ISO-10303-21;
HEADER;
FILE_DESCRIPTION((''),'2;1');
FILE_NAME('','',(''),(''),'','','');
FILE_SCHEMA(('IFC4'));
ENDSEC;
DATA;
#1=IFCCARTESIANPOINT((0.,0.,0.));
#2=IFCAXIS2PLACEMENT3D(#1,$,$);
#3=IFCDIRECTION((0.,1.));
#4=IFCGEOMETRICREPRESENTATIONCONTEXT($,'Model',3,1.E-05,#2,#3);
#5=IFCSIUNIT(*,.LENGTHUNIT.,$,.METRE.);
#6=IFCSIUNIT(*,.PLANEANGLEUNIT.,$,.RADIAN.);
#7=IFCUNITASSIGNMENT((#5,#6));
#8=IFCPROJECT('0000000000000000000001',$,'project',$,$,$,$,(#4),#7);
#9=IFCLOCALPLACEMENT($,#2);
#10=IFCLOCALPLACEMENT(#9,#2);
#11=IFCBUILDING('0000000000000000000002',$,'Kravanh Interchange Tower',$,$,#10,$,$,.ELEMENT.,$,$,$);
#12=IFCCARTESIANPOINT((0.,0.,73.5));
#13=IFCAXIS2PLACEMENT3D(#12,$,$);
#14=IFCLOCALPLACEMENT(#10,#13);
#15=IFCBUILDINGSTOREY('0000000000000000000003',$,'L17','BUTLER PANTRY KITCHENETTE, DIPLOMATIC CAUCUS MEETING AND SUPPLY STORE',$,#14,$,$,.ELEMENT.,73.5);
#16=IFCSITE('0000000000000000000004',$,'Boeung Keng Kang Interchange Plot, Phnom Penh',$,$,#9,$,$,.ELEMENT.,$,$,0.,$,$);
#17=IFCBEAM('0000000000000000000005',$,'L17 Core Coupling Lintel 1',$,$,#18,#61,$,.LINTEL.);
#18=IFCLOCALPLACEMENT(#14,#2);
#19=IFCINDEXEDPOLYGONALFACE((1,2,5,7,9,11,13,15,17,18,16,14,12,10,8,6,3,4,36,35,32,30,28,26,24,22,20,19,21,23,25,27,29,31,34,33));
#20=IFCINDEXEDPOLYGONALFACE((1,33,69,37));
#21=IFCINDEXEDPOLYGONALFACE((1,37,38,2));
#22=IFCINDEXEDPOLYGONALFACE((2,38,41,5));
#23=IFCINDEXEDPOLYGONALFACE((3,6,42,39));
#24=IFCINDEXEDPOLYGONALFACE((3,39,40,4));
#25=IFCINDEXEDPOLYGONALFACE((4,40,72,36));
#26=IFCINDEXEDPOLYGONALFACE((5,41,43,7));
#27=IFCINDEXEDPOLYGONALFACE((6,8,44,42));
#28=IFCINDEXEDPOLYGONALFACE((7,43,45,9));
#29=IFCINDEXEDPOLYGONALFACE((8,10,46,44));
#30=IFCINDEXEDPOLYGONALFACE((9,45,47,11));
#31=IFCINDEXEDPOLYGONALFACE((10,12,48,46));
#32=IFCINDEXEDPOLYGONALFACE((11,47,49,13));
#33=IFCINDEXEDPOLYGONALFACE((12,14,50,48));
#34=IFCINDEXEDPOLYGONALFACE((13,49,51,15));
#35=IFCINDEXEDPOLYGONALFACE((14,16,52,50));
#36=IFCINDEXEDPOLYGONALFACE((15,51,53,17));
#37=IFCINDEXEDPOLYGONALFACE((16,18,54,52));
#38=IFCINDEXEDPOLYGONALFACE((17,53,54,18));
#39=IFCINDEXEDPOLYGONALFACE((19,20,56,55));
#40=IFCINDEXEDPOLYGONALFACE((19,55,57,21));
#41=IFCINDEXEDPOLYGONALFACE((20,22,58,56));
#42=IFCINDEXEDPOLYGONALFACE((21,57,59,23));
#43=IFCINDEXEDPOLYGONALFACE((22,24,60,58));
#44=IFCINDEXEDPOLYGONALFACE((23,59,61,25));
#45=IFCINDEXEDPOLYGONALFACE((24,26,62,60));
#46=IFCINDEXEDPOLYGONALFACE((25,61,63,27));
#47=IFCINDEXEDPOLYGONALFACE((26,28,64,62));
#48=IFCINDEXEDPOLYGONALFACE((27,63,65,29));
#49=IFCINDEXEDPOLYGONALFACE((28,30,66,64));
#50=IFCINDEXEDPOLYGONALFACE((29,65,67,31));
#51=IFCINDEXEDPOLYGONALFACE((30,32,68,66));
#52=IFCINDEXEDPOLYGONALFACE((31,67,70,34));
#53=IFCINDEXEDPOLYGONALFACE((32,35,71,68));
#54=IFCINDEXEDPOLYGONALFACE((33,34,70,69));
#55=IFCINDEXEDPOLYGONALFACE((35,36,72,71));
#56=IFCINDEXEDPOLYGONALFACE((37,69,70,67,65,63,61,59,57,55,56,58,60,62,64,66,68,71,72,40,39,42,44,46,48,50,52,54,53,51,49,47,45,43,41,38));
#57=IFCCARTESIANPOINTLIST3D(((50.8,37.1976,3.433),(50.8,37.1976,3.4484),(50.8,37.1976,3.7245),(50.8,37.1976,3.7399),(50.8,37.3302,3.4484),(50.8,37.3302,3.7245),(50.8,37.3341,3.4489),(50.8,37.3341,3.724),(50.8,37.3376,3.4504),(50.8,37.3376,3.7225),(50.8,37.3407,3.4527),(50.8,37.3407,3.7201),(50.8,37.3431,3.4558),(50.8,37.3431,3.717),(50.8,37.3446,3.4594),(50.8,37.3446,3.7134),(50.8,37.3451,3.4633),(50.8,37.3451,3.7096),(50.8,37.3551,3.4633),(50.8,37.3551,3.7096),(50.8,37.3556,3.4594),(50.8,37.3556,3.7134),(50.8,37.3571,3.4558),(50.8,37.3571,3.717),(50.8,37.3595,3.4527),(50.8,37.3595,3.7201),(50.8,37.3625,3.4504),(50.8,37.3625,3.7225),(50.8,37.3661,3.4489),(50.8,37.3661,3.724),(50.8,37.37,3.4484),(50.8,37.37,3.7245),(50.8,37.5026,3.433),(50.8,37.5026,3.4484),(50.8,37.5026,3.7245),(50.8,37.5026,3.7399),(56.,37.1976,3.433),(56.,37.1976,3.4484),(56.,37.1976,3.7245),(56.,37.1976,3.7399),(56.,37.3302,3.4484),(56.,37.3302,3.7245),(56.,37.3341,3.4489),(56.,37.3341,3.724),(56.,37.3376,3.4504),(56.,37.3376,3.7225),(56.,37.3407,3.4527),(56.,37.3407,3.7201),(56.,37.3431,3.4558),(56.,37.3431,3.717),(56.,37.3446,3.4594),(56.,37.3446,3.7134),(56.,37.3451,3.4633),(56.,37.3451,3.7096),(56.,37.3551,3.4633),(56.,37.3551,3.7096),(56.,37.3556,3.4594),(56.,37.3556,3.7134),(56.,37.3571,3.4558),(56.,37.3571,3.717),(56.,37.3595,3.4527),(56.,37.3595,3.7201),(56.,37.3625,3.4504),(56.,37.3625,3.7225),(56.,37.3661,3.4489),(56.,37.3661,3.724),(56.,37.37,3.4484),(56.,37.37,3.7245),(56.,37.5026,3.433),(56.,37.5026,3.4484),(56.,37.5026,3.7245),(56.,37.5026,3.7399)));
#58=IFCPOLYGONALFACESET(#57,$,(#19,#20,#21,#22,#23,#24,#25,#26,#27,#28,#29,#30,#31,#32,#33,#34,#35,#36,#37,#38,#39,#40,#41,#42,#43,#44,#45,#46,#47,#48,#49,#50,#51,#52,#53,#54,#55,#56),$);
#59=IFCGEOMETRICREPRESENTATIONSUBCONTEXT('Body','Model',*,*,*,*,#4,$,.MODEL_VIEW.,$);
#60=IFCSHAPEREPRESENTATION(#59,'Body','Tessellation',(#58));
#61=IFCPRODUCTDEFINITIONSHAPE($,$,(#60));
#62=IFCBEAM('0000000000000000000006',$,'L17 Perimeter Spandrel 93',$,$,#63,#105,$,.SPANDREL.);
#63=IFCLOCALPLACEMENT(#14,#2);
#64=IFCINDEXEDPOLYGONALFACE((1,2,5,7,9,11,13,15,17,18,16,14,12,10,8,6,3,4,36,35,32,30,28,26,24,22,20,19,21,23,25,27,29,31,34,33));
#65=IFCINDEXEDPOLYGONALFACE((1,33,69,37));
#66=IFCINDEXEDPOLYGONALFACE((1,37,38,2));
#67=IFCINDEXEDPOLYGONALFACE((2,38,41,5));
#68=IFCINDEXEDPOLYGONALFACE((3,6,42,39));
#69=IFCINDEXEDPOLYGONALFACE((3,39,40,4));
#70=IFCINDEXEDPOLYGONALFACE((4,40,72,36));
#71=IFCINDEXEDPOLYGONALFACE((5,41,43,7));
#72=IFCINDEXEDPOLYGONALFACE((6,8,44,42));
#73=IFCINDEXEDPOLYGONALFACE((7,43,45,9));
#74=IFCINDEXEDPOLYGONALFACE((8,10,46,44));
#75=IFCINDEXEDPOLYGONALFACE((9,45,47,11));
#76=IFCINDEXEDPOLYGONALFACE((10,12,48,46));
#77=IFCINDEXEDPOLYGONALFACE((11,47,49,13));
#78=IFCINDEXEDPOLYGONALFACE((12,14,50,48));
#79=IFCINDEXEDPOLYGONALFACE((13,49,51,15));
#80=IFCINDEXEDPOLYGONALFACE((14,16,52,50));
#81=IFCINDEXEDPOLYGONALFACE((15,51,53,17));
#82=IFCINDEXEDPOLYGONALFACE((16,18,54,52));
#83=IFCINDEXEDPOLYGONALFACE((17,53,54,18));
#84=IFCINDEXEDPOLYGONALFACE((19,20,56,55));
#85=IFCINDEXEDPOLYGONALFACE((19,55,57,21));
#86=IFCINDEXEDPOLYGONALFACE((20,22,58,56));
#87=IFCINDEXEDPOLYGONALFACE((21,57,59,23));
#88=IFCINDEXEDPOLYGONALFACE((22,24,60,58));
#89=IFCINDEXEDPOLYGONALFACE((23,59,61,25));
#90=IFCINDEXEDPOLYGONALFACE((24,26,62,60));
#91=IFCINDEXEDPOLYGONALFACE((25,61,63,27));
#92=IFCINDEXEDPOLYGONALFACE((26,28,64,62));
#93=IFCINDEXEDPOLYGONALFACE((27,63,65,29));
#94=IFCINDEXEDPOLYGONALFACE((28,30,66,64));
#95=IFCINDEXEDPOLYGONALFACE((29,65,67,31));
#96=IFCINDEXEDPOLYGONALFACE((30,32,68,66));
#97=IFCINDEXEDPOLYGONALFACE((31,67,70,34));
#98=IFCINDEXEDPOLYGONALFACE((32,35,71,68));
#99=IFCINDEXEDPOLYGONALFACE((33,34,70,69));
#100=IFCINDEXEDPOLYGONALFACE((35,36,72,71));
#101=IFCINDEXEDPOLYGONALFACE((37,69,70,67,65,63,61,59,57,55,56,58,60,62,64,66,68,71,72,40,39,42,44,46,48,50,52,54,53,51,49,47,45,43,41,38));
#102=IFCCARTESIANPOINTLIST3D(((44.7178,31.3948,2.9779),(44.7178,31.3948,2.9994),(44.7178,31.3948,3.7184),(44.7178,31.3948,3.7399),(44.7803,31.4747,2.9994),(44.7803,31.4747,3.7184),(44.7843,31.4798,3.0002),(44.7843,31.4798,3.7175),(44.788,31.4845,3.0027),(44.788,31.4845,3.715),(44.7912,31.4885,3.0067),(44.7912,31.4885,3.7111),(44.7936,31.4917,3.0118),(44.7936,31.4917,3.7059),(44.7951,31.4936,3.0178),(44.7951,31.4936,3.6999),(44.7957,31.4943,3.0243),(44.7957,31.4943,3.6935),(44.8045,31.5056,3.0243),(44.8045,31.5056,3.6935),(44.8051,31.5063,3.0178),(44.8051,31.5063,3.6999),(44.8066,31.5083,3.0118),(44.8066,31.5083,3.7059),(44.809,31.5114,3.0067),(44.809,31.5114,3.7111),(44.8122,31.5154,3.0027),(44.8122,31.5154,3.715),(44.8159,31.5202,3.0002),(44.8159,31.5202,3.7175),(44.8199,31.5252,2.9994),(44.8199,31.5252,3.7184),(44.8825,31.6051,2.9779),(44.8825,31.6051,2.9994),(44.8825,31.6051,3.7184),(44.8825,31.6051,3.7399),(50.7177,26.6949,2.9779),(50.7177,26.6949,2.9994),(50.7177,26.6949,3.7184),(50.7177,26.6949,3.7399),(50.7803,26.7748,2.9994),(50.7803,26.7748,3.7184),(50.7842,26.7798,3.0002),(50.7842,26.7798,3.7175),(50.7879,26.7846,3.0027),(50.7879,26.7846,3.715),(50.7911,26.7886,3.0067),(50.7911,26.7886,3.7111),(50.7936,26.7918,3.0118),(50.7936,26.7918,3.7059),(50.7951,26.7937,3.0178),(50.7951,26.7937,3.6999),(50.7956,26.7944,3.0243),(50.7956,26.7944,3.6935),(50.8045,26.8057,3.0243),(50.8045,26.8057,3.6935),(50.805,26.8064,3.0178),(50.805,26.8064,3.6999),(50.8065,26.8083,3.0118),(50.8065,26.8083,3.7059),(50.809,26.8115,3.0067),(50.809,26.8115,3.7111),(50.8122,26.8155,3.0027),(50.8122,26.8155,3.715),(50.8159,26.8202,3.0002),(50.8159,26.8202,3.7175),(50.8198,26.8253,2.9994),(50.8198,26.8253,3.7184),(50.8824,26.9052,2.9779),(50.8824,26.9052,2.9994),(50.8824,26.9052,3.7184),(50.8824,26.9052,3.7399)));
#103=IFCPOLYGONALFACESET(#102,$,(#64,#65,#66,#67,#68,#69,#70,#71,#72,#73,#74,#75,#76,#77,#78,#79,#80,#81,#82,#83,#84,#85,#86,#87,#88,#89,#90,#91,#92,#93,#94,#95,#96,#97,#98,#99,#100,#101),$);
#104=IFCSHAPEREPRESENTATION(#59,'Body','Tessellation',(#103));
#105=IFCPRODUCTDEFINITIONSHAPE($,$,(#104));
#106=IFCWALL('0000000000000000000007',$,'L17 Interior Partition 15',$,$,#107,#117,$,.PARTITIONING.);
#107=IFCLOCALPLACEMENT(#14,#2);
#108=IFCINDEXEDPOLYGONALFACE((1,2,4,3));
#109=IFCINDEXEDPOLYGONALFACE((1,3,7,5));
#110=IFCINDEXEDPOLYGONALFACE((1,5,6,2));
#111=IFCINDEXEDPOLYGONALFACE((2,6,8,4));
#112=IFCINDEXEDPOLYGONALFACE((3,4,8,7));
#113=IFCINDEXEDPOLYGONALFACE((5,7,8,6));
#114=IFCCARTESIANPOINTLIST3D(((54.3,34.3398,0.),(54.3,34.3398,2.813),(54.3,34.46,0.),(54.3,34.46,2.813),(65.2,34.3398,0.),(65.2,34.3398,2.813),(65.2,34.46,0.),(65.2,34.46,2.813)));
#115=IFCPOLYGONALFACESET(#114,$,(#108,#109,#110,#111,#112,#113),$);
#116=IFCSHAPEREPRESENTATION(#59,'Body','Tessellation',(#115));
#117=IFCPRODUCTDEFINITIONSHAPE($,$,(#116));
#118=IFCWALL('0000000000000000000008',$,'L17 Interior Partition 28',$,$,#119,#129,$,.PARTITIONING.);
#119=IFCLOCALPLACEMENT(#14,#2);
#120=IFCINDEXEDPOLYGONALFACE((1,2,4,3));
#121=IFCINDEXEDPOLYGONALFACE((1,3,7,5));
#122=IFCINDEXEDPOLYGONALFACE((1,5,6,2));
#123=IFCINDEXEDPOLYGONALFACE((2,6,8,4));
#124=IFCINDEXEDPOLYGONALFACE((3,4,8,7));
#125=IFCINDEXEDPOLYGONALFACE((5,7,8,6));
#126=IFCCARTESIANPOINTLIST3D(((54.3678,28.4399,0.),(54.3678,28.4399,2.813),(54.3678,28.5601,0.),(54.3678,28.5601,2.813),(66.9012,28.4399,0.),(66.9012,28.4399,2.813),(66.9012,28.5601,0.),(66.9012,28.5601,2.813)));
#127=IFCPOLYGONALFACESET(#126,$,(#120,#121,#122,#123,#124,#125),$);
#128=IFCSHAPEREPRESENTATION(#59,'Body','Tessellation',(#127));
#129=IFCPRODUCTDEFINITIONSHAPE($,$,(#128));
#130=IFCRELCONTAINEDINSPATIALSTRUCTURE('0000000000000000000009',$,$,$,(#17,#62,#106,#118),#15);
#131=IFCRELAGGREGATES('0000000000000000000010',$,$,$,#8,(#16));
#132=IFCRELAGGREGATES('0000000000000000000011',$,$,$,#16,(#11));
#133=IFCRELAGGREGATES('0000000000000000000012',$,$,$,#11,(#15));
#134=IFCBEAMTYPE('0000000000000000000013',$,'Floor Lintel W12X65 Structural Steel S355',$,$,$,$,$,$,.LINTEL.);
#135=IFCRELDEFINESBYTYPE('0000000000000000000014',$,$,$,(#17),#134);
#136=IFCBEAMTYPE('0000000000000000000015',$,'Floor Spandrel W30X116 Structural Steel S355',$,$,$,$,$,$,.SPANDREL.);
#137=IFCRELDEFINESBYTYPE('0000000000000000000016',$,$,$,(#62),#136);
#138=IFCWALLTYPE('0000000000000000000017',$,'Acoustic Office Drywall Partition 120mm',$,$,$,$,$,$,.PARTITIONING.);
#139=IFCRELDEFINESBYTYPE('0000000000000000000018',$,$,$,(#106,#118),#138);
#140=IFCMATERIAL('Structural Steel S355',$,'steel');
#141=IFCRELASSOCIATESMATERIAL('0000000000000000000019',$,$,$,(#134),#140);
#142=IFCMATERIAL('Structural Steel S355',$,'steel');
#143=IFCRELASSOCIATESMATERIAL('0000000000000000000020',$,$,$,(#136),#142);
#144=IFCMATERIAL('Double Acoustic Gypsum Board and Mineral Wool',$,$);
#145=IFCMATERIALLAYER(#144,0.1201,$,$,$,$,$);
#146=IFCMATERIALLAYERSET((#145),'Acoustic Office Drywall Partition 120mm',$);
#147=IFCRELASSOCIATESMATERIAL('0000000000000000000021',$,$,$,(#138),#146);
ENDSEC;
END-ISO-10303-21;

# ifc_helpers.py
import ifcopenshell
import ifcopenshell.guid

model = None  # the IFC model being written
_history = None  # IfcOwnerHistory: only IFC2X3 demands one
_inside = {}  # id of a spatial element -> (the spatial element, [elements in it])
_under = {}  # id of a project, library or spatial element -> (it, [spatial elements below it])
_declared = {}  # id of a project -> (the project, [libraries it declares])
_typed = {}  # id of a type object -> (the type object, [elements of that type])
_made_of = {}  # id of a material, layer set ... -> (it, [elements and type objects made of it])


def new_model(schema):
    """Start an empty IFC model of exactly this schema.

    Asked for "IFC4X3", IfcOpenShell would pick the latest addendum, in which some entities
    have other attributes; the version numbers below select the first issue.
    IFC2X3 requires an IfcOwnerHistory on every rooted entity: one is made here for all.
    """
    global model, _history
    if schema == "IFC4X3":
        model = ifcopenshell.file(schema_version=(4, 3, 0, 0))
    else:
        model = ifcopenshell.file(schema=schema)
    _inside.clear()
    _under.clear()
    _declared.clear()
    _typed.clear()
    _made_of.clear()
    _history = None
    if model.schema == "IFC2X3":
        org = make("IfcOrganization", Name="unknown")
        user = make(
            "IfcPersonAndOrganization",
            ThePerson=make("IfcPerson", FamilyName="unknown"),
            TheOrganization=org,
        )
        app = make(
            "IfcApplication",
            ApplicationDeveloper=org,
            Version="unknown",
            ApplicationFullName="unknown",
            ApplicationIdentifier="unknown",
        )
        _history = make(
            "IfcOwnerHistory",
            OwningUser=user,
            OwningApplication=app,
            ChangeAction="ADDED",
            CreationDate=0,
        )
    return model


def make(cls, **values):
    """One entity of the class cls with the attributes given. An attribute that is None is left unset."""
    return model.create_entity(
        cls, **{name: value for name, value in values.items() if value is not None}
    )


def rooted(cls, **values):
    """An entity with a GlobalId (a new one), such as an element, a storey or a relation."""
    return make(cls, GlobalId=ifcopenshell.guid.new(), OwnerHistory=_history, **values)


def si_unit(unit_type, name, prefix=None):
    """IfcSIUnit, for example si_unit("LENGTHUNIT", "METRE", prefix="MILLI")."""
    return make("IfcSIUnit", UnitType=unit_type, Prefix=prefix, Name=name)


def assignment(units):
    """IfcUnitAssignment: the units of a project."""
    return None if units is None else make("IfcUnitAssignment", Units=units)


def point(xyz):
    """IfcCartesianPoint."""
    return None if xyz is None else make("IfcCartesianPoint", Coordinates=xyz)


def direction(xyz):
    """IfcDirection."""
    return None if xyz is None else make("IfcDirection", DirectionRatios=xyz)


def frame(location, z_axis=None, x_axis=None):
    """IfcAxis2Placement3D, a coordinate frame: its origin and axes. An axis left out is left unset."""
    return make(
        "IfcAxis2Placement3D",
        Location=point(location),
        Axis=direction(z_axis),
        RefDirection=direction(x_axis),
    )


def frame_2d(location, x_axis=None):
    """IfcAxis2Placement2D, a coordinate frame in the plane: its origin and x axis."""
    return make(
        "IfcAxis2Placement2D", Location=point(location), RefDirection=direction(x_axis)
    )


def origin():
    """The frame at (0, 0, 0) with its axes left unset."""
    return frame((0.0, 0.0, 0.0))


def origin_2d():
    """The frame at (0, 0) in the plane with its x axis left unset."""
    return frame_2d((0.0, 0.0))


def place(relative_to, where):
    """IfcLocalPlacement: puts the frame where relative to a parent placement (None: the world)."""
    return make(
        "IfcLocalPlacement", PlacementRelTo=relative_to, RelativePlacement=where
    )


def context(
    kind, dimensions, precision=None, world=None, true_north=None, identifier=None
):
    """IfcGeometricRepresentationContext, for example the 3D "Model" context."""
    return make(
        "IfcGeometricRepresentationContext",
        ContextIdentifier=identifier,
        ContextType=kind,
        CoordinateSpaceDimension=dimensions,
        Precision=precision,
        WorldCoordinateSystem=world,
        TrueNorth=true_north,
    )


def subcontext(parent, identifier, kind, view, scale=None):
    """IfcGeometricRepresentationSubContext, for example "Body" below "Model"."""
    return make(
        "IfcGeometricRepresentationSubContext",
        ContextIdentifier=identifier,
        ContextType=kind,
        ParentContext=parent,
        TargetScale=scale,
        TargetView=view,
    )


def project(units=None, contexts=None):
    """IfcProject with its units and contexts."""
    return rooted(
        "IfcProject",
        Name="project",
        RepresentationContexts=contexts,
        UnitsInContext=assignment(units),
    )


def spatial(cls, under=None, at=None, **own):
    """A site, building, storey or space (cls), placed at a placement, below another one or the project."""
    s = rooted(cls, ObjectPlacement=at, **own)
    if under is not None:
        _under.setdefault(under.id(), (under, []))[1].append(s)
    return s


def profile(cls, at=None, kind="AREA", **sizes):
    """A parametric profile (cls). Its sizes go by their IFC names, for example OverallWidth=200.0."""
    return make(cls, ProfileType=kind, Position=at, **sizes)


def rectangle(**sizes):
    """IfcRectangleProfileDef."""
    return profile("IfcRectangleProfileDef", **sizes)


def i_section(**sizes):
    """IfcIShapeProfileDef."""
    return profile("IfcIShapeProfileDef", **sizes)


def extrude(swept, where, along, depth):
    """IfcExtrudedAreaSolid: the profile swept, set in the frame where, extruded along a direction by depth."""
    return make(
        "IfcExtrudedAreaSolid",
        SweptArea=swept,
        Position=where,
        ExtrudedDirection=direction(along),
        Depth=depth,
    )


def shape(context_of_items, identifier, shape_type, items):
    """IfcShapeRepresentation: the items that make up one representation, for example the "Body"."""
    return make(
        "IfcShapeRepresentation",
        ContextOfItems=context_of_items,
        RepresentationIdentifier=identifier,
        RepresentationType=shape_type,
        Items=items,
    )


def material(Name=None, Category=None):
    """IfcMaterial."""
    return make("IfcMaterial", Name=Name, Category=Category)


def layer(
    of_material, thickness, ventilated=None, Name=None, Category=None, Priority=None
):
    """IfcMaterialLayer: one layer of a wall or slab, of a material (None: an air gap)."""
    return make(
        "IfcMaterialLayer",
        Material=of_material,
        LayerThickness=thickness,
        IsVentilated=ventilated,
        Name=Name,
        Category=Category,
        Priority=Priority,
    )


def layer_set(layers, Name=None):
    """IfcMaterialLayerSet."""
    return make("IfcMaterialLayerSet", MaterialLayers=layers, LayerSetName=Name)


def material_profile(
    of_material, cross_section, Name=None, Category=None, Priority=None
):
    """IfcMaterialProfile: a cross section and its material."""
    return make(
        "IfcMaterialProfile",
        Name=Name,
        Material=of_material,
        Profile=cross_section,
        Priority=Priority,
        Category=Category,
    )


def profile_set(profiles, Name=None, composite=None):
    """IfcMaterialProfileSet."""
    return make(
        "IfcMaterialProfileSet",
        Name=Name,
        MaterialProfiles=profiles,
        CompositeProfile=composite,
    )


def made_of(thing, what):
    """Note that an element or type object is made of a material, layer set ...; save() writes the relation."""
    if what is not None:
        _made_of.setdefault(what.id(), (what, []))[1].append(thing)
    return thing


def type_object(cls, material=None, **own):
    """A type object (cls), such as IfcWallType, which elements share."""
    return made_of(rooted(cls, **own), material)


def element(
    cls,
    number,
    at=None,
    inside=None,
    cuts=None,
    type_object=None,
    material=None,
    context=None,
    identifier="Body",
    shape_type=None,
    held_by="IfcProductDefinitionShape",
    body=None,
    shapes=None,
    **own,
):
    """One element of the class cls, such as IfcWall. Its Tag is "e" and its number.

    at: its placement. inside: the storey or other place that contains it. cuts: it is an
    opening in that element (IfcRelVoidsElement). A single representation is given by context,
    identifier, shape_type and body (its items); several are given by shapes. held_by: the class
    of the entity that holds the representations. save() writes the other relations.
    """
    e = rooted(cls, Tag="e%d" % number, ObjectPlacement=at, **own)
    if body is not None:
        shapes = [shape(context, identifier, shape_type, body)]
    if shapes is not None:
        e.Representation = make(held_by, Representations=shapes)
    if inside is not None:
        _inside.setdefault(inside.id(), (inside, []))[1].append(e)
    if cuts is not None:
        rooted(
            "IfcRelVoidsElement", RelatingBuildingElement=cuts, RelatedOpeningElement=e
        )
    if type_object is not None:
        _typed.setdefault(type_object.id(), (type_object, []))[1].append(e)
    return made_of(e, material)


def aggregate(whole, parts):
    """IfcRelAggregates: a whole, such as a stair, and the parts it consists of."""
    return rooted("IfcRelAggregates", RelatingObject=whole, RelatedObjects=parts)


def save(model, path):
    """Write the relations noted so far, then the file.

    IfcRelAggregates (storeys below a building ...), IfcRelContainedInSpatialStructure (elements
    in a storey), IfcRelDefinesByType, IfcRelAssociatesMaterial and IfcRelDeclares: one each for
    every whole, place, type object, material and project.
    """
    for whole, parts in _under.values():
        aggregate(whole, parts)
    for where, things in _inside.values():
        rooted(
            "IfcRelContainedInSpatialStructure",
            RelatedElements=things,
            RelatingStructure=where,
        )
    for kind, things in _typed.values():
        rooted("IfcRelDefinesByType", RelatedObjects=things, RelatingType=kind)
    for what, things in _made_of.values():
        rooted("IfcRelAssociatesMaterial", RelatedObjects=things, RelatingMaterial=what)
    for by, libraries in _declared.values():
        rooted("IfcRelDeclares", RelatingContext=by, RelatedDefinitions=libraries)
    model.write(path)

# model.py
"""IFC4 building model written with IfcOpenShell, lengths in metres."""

from ifc_helpers import new_model, si_unit, direction, frame, frame_2d, origin, origin_2d, place, context, subcontext, project, spatial, rectangle, i_section, extrude, material, layer, layer_set, material_profile, profile_set, type_object, element, save


model = new_model("IFC4")

# Units and contexts
model_context = context("Model", 3, precision=1e-05, world=origin(), true_north=direction((0.0, 1.0)))
body_context = subcontext(model_context, "Body", "Model", "MODEL_VIEW")
ifc_project = project(units=[si_unit("LENGTHUNIT", "METRE"), si_unit("PLANEANGLEUNIT", "RADIAN")], contexts=[model_context])

# Site, building, storey
site_placement = place(None, origin())
site = spatial("IfcSite", under=ifc_project, at=site_placement, Name="Boeung Keng Kang Interchange Plot, Phnom Penh", CompositionType="ELEMENT", RefElevation=0.0)
building_placement = place(site_placement, origin())
building = spatial("IfcBuilding", under=site, at=building_placement, Name="Kravanh Interchange Tower", CompositionType="ELEMENT")
storey_placement = place(building_placement, frame((0.0, 0.0, 73.5)))
storey = spatial("IfcBuildingStorey", under=building, at=storey_placement, Name="L17", Description="BUTLER PANTRY KITCHENETTE, DIPLOMATIC CAUCUS MEETING AND SUPPLY STORE", CompositionType="ELEMENT", Elevation=73.5)

# Beams
ifc_material_1 = material(Name="Structural Steel S355", Category="steel")
ifc_material_profile_1 = material_profile(ifc_material_1, i_section(OverallWidth=0.3049, OverallDepth=0.3069, WebThickness=0.01, FlangeThickness=0.0154, FilletRadius=0.0149, at=origin_2d()), Name="W12X65")
ifc_profile_set_1 = profile_set([ifc_material_profile_1], Name="Structural Steel S355")
beam_type_1 = type_object("IfcBeamType", Name="Floor Lintel W12X65 Structural Steel S355", PredefinedType="LINTEL", material=ifc_profile_set_1)
beam_1_placement = place(storey_placement, frame((50.8, 37.3501, 3.5864), z_axis=(1.0, 0.0, 0.0), x_axis=(0.0, 1.0, 0.0)))
element("IfcBeam", 1, at=beam_1_placement, inside=storey, type_object=beam_type_1, Name="L17 Core Coupling Lintel 1", PredefinedType="LINTEL", context=body_context, shape_type="SweptSolid", body=[
    extrude(i_section(OverallWidth=0.3049, OverallDepth=0.3069, WebThickness=0.01, FlangeThickness=0.0154, FilletRadius=0.0149, at=origin_2d()), origin(), (0.0, 0.0, 1.0), 5.2),
])
ifc_material_2 = material(Name="Structural Steel S355", Category="steel")
ifc_material_profile_2 = material_profile(ifc_material_2, i_section(OverallWidth=0.2671, OverallDepth=0.762, WebThickness=0.0144, FlangeThickness=0.0215, FilletRadius=0.0249, at=origin_2d()), Name="W30X116")
ifc_profile_set_2 = profile_set([ifc_material_profile_2], Name="Structural Steel S355")
beam_type_2 = type_object("IfcBeamType", Name="Floor Spandrel W30X116 Structural Steel S355", PredefinedType="SPANDREL", material=ifc_profile_set_2)
beam_2_placement = place(storey_placement, frame((50.8, 26.8, 3.3589), z_axis=(-0.787231, 0.616658, 0.0), x_axis=(-0.616658, -0.787231, 0.0)))
element("IfcBeam", 2, at=beam_2_placement, inside=storey, type_object=beam_type_2, Name="L17 Perimeter Spandrel 93", PredefinedType="SPANDREL", context=body_context, shape_type="SweptSolid", body=[
    extrude(i_section(OverallWidth=0.2671, OverallDepth=0.762, WebThickness=0.0144, FlangeThickness=0.0215, FilletRadius=0.0249, at=origin_2d()), origin(), (0.0, 0.0, 1.0), 7.6216),
])

# Walls
ifc_material_3 = material(Name="Double Acoustic Gypsum Board and Mineral Wool")
ifc_layer_1 = layer(ifc_material_3, 0.1201)
ifc_layer_set_1 = layer_set([ifc_layer_1], Name="Acoustic Office Drywall Partition 120mm")
wall_type_1 = type_object("IfcWallType", Name="Acoustic Office Drywall Partition 120mm", PredefinedType="PARTITIONING", material=ifc_layer_set_1)
wall_1_placement = place(storey_placement, frame((54.3, 34.3999, 0.0), z_axis=(0.0, 0.0, 1.0), x_axis=(1.0, 0.0, 0.0)))
element("IfcWall", 3, at=wall_1_placement, inside=storey, type_object=wall_type_1, Name="L17 Interior Partition 15", PredefinedType="PARTITIONING", context=body_context, shape_type="SweptSolid", body=[
    extrude(rectangle(XDim=10.8999, YDim=0.1201, at=frame_2d((5.45, 0.0))), origin(), (0.0, 0.0, 1.0), 2.813),
])
wall_2_placement = place(storey_placement, frame((54.3679, 28.5, 0.0), z_axis=(0.0, 0.0, 1.0), x_axis=(1.0, 0.0, 0.0)))
element("IfcWall", 4, at=wall_2_placement, inside=storey, type_object=wall_type_1, Name="L17 Interior Partition 28", PredefinedType="PARTITIONING", context=body_context, shape_type="SweptSolid", body=[
    extrude(rectangle(XDim=12.5334, YDim=0.1201, at=frame_2d((6.2666, 0.0))), origin(), (0.0, 0.0, 1.0), 2.813),
])

save(model, "model.ifc")
